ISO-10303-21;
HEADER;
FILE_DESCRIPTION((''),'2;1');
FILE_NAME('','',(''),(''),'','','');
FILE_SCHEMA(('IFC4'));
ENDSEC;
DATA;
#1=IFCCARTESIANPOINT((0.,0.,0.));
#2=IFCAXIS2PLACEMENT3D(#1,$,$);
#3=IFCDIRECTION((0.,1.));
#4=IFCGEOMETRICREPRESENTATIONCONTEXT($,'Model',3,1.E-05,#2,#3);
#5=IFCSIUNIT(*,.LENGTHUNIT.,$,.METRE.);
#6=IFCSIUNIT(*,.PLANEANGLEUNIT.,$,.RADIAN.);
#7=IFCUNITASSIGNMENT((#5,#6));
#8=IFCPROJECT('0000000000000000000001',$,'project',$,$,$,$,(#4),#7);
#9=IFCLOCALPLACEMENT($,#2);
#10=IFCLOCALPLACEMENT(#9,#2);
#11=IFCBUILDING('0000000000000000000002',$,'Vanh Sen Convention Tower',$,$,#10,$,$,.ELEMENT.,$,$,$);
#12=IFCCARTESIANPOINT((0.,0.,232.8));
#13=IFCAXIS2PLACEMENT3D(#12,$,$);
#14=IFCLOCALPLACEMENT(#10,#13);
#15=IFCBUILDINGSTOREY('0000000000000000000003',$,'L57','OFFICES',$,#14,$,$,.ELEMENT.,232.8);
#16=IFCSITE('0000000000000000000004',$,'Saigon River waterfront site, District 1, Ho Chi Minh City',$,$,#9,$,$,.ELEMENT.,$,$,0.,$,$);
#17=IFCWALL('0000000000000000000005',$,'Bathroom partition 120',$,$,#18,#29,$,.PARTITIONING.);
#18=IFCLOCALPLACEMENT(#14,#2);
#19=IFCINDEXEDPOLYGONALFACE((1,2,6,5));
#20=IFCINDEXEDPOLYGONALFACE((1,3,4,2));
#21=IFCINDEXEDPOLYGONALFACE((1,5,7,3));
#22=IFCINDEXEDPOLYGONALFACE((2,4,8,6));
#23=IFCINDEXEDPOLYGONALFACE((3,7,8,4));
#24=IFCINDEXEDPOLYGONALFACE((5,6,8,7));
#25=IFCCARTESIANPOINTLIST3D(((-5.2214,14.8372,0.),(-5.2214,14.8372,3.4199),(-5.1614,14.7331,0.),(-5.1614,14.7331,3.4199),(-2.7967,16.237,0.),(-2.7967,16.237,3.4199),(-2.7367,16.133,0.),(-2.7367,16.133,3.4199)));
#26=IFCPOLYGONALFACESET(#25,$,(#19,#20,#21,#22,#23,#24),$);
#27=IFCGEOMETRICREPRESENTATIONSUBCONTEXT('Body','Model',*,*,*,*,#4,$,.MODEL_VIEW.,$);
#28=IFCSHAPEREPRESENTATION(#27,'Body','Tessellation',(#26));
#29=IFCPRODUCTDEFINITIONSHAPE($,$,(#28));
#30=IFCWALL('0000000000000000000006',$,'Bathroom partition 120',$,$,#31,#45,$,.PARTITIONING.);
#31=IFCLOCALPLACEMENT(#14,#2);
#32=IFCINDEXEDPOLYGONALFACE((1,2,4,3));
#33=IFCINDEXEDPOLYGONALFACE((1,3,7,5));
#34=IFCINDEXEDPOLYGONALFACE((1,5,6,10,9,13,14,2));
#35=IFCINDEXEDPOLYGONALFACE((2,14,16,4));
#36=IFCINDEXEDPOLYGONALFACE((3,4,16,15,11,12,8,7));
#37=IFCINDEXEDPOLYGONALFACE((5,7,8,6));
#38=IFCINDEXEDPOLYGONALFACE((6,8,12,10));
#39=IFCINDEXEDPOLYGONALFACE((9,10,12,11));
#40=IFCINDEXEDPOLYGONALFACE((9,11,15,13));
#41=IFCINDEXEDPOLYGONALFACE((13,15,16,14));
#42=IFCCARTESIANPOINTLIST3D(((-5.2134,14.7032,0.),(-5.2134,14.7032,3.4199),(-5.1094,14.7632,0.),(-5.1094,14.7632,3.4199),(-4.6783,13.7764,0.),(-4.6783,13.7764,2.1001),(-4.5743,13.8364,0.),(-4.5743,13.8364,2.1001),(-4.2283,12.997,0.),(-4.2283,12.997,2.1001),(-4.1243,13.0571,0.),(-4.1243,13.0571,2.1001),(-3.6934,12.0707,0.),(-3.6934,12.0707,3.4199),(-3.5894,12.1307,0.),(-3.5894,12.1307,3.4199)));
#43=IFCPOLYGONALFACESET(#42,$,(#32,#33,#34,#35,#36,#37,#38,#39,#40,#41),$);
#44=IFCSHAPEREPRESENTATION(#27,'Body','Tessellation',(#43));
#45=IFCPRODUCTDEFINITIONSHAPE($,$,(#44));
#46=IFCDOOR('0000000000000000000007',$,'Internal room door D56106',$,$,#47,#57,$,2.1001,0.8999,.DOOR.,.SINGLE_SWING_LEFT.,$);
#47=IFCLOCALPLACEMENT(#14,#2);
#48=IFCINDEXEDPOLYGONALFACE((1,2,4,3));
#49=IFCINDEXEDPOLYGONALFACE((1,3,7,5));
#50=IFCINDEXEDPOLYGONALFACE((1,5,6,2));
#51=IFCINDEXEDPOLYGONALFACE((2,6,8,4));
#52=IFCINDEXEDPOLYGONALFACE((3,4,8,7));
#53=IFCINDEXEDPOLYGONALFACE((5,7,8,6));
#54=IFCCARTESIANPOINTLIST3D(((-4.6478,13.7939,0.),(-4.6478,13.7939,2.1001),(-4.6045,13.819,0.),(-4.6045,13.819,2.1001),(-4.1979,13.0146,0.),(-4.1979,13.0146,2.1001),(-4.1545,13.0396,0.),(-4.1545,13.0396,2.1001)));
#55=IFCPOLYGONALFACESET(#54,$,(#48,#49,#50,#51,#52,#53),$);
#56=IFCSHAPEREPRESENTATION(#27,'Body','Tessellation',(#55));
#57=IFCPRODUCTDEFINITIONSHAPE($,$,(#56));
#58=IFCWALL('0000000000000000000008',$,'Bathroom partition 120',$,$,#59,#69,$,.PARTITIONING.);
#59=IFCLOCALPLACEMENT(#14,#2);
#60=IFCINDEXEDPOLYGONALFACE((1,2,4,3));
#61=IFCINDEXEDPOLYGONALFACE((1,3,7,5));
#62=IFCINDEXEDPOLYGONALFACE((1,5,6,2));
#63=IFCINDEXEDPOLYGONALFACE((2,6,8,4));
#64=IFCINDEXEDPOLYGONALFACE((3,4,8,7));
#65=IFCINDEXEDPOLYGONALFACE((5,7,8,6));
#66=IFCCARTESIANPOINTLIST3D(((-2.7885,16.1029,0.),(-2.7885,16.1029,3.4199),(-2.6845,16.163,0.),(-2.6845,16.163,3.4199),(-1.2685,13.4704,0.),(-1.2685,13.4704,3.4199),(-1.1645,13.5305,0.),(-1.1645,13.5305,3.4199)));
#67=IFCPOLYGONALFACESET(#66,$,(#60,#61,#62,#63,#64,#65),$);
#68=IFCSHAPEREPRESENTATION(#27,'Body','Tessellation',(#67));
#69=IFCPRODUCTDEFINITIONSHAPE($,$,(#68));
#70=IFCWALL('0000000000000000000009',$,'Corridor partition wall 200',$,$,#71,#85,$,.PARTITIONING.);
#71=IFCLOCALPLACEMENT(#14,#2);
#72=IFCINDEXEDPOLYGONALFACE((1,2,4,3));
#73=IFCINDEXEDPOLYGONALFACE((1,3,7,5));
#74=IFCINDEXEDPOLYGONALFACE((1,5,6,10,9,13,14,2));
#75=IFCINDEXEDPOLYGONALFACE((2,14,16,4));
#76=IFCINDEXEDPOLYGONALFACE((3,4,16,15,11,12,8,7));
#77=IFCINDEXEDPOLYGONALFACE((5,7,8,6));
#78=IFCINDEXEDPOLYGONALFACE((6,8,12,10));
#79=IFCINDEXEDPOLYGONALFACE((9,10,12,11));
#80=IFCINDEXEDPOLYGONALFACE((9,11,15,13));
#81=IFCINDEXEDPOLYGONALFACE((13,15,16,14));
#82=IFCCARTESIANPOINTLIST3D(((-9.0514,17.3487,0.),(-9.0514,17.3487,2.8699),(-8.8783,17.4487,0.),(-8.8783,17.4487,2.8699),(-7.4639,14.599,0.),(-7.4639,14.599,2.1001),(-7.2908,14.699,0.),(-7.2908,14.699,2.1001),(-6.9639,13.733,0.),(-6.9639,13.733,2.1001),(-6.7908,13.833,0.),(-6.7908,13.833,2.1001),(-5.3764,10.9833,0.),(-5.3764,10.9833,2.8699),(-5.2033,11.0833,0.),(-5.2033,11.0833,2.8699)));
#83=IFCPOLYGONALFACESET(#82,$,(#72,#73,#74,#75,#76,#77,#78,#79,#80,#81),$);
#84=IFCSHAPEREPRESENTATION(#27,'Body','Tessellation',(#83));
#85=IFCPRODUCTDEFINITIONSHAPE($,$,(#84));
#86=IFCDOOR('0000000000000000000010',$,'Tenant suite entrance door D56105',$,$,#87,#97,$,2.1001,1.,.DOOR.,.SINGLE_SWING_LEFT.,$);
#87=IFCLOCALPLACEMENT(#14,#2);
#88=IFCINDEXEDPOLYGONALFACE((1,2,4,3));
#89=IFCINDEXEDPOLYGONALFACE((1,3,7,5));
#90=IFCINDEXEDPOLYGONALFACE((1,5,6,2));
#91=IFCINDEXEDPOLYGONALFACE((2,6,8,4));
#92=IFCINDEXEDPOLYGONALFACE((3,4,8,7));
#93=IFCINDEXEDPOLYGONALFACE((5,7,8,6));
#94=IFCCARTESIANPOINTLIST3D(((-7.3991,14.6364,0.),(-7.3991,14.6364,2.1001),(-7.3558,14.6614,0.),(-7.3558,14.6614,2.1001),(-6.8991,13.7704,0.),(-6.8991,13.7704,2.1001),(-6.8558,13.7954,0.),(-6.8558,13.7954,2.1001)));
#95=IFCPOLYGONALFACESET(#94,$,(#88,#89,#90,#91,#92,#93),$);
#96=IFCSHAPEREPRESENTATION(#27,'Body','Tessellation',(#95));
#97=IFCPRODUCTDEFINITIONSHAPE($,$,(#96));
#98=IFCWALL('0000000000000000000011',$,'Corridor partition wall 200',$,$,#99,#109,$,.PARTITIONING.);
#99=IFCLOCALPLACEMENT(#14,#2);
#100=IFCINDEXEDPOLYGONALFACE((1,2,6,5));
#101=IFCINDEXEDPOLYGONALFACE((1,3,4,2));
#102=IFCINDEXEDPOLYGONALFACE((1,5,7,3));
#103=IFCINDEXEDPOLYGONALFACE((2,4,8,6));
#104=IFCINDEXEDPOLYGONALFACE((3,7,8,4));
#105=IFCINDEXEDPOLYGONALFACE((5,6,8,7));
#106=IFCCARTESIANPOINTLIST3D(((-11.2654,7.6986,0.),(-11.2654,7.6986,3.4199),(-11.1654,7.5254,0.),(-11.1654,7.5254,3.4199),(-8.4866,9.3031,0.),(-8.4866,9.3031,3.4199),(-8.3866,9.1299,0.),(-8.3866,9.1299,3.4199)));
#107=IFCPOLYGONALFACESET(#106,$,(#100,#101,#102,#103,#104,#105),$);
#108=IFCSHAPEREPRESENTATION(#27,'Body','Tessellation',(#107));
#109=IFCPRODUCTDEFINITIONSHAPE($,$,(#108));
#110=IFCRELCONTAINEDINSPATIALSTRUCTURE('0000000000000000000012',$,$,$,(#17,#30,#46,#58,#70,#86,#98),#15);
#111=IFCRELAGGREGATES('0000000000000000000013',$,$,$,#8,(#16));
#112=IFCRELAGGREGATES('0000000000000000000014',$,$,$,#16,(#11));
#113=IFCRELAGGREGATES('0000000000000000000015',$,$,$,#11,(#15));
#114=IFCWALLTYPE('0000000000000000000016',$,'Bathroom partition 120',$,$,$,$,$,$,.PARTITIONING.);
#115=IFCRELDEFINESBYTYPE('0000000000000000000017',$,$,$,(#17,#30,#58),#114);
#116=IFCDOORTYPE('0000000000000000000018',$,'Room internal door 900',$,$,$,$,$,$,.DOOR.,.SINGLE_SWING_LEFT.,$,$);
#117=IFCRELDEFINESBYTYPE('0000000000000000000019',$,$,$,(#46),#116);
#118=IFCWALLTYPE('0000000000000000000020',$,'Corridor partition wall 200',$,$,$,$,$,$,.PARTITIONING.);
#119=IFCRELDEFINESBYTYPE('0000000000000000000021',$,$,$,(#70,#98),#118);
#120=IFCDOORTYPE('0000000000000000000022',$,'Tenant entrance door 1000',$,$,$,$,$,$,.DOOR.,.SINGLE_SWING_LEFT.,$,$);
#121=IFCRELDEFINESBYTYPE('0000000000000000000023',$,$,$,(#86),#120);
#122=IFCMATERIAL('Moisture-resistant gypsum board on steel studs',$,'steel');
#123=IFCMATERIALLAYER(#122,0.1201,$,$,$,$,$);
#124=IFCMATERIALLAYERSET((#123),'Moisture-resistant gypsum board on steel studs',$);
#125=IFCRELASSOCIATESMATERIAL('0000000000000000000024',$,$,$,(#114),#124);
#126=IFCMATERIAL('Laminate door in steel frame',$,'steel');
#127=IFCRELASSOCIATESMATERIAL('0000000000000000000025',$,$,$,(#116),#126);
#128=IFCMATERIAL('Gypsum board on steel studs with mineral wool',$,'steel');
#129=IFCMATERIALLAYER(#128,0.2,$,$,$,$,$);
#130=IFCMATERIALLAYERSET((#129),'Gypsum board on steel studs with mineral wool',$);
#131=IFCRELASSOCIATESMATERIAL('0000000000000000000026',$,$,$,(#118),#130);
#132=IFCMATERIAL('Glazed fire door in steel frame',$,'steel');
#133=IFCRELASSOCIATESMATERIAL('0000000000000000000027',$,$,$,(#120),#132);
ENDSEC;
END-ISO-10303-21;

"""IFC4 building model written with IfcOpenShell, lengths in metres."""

from ifc_helpers import new_model, si_unit, direction, frame, frame_2d, origin, place, context, subcontext, project, spatial, rectangle, extrude, material, layer, layer_set, type_object, element, fill, save


model = new_model("IFC4")

# Units and contexts
model_context = context("Model", 3, precision=1e-05, world=origin(), true_north=direction((0.0, 1.0)))
body_context = subcontext(model_context, "Body", "Model", "MODEL_VIEW")
ifc_project = project(units=[si_unit("LENGTHUNIT", "METRE"), si_unit("PLANEANGLEUNIT", "RADIAN")], contexts=[model_context])

# Site, building, storey
site_placement = place(None, origin())
site = spatial("IfcSite", under=ifc_project, at=site_placement, Name="Saigon River waterfront site, District 1, Ho Chi Minh City", CompositionType="ELEMENT", RefElevation=0.0)
building_placement = place(site_placement, origin())
building = spatial("IfcBuilding", under=site, at=building_placement, Name="Vanh Sen Convention Tower", CompositionType="ELEMENT")
storey_placement = place(building_placement, frame((0.0, 0.0, 232.8)))
storey = spatial("IfcBuildingStorey", under=building, at=storey_placement, Name="L57", Description="OFFICES", CompositionType="ELEMENT", Elevation=232.8)

# Wall
ifc_material_1 = material(Name="Moisture-resistant gypsum board on steel studs", Category="steel")
ifc_layer_1 = layer(ifc_material_1, 0.1201)
ifc_layer_set_1 = layer_set([ifc_layer_1], Name="Moisture-resistant gypsum board on steel studs")
wall_type_1 = type_object("IfcWallType", Name="Bathroom partition 120", PredefinedType="PARTITIONING", material=ifc_layer_set_1)
wall_1_placement = place(storey_placement, frame((-5.1914, 14.7852, 0.0), z_axis=(0.0, 0.0, 1.0), x_axis=(0.866035, 0.499984, 0.0)))
element("IfcWall", 1, at=wall_1_placement, inside=storey, type_object=wall_type_1, Name="Bathroom partition 120", PredefinedType="PARTITIONING", context=body_context, shape_type="SweptSolid", body=[
    extrude(rectangle(XDim=2.7998, YDim=0.1201, at=frame_2d((1.3999, 0.0))), origin(), (0.0, 0.0, 1.0), 3.4199),
])

# Wall, opening, door
wall_2_placement = place(storey_placement, frame((-3.6414, 12.1006, 0.0), z_axis=(0.0, 0.0, 1.0), x_axis=(-0.500026, 0.86601, 0.0)))
wall_2 = element("IfcWall", 2, at=wall_2_placement, inside=storey, type_object=wall_type_1, Name="Bathroom partition 120", PredefinedType="PARTITIONING", context=body_context, shape_type="SweptSolid", body=[
    extrude(rectangle(XDim=3.0398, YDim=0.1201, at=frame_2d((1.52, 0.0))), origin(), (0.0, 0.0, 1.0), 3.4199),
])
opening_1_placement = place(wall_2_placement, frame((1.0698, 0.0, 0.0)))
opening_1 = element("IfcOpeningElement", 3, at=opening_1_placement, cuts=wall_2, PredefinedType="OPENING", context=body_context, shape_type="SweptSolid", body=[
    extrude(rectangle(XDim=0.8999, YDim=2.1001, at=frame_2d((0.45, 1.05))), frame((0.0, 0.0701, 0.0), z_axis=(0.0, -1.0, 0.0), x_axis=(1.0, 0.0, 0.0)), (0.0, 0.0, 1.0), 0.1401),
])
ifc_material_2 = material(Name="Laminate door in steel frame", Category="steel")
door_type_1 = type_object("IfcDoorType", Name="Room internal door 900", OperationType="SINGLE_SWING_LEFT", PredefinedType="DOOR", material=ifc_material_2)
door_1_placement = place(opening_1_placement, origin())
door_1 = element("IfcDoor", 4, at=door_1_placement, inside=storey, type_object=door_type_1, Name="Internal room door D56106", OperationType="SINGLE_SWING_LEFT", OverallHeight=2.1001, OverallWidth=0.8999, PredefinedType="DOOR", context=body_context, shape_type="SweptSolid", body=[
    extrude(rectangle(XDim=0.8999, YDim=2.1001, at=frame_2d((0.45, 1.05))), frame((0.0, 0.0249, 0.0), z_axis=(0.0, -1.0, 0.0), x_axis=(1.0, 0.0, 0.0)), (0.0, 0.0, 1.0), 0.05),
])
fill(opening_1, door_1)

# Wall
wall_3_placement = place(storey_placement, frame((-2.7366, 16.1331, 0.0), z_axis=(0.0, 0.0, 1.0), x_axis=(0.500026, -0.86601, 0.0)))
element("IfcWall", 5, at=wall_3_placement, inside=storey, type_object=wall_type_1, Name="Bathroom partition 120", PredefinedType="PARTITIONING", context=body_context, shape_type="SweptSolid", body=[
    extrude(rectangle(XDim=3.0398, YDim=0.1201, at=frame_2d((1.52, 0.0))), origin(), (0.0, 0.0, 1.0), 3.4199),
])

# Wall, opening, door
ifc_material_3 = material(Name="Gypsum board on steel studs with mineral wool", Category="steel")
ifc_layer_2 = layer(ifc_material_3, 0.2)
ifc_layer_set_2 = layer_set([ifc_layer_2], Name="Gypsum board on steel studs with mineral wool")
wall_type_2 = type_object("IfcWallType", Name="Corridor partition wall 200", PredefinedType="PARTITIONING", material=ifc_layer_set_2)
wall_4_placement = place(storey_placement, frame((-8.9648, 17.3987, 0.0), z_axis=(0.0, 0.0, 1.0), x_axis=(0.499994, -0.866029, 0.0)))
wall_4 = element("IfcWall", 6, at=wall_4_placement, inside=storey, type_object=wall_type_2, Name="Corridor partition wall 200", PredefinedType="PARTITIONING", context=body_context, shape_type="SweptSolid", body=[
    extrude(rectangle(XDim=7.3501, YDim=0.2, at=frame_2d((3.675, 0.0))), origin(), (0.0, 0.0, 1.0), 2.8699),
])
opening_2_placement = place(wall_4_placement, frame((3.175, 0.0, 0.0)))
opening_2 = element("IfcOpeningElement", 7, at=opening_2_placement, cuts=wall_4, PredefinedType="OPENING", context=body_context, shape_type="SweptSolid", body=[
    extrude(rectangle(XDim=1.0, YDim=2.1001, at=frame_2d((0.5, 1.05))), frame((0.0, 0.1099, 0.0), z_axis=(0.0, -1.0, 0.0), x_axis=(1.0, 0.0, 0.0)), (0.0, 0.0, 1.0), 0.22),
])
ifc_material_4 = material(Name="Glazed fire door in steel frame", Category="steel")
door_type_2 = type_object("IfcDoorType", Name="Tenant entrance door 1000", OperationType="SINGLE_SWING_LEFT", PredefinedType="DOOR", material=ifc_material_4)
door_2_placement = place(opening_2_placement, origin())
door_2 = element("IfcDoor", 8, at=door_2_placement, inside=storey, type_object=door_type_2, Name="Tenant suite entrance door D56105", OperationType="SINGLE_SWING_LEFT", OverallHeight=2.1001, OverallWidth=1.0, PredefinedType="DOOR", context=body_context, shape_type="SweptSolid", body=[
    extrude(rectangle(XDim=1.0, YDim=2.1001, at=frame_2d((0.5, 1.05))), frame((0.0, 0.0249, 0.0), z_axis=(0.0, -1.0, 0.0), x_axis=(1.0, 0.0, 0.0)), (0.0, 0.0, 1.0), 0.05),
])
fill(opening_2, door_2)

# Wall
wall_5_placement = place(storey_placement, frame((-8.4365, 9.2166, 0.0), z_axis=(0.0, 0.0, 1.0), x_axis=(-0.866006, -0.500034, 0.0)))
element("IfcWall", 9, at=wall_5_placement, inside=storey, type_object=wall_type_2, Name="Corridor partition wall 200", PredefinedType="PARTITIONING", context=body_context, shape_type="SweptSolid", body=[
    extrude(rectangle(XDim=3.2087, YDim=0.2, at=frame_2d((1.6045, 0.0))), origin(), (0.0, 0.0, 1.0), 3.4199),
])

save(model, "model.ifc")
